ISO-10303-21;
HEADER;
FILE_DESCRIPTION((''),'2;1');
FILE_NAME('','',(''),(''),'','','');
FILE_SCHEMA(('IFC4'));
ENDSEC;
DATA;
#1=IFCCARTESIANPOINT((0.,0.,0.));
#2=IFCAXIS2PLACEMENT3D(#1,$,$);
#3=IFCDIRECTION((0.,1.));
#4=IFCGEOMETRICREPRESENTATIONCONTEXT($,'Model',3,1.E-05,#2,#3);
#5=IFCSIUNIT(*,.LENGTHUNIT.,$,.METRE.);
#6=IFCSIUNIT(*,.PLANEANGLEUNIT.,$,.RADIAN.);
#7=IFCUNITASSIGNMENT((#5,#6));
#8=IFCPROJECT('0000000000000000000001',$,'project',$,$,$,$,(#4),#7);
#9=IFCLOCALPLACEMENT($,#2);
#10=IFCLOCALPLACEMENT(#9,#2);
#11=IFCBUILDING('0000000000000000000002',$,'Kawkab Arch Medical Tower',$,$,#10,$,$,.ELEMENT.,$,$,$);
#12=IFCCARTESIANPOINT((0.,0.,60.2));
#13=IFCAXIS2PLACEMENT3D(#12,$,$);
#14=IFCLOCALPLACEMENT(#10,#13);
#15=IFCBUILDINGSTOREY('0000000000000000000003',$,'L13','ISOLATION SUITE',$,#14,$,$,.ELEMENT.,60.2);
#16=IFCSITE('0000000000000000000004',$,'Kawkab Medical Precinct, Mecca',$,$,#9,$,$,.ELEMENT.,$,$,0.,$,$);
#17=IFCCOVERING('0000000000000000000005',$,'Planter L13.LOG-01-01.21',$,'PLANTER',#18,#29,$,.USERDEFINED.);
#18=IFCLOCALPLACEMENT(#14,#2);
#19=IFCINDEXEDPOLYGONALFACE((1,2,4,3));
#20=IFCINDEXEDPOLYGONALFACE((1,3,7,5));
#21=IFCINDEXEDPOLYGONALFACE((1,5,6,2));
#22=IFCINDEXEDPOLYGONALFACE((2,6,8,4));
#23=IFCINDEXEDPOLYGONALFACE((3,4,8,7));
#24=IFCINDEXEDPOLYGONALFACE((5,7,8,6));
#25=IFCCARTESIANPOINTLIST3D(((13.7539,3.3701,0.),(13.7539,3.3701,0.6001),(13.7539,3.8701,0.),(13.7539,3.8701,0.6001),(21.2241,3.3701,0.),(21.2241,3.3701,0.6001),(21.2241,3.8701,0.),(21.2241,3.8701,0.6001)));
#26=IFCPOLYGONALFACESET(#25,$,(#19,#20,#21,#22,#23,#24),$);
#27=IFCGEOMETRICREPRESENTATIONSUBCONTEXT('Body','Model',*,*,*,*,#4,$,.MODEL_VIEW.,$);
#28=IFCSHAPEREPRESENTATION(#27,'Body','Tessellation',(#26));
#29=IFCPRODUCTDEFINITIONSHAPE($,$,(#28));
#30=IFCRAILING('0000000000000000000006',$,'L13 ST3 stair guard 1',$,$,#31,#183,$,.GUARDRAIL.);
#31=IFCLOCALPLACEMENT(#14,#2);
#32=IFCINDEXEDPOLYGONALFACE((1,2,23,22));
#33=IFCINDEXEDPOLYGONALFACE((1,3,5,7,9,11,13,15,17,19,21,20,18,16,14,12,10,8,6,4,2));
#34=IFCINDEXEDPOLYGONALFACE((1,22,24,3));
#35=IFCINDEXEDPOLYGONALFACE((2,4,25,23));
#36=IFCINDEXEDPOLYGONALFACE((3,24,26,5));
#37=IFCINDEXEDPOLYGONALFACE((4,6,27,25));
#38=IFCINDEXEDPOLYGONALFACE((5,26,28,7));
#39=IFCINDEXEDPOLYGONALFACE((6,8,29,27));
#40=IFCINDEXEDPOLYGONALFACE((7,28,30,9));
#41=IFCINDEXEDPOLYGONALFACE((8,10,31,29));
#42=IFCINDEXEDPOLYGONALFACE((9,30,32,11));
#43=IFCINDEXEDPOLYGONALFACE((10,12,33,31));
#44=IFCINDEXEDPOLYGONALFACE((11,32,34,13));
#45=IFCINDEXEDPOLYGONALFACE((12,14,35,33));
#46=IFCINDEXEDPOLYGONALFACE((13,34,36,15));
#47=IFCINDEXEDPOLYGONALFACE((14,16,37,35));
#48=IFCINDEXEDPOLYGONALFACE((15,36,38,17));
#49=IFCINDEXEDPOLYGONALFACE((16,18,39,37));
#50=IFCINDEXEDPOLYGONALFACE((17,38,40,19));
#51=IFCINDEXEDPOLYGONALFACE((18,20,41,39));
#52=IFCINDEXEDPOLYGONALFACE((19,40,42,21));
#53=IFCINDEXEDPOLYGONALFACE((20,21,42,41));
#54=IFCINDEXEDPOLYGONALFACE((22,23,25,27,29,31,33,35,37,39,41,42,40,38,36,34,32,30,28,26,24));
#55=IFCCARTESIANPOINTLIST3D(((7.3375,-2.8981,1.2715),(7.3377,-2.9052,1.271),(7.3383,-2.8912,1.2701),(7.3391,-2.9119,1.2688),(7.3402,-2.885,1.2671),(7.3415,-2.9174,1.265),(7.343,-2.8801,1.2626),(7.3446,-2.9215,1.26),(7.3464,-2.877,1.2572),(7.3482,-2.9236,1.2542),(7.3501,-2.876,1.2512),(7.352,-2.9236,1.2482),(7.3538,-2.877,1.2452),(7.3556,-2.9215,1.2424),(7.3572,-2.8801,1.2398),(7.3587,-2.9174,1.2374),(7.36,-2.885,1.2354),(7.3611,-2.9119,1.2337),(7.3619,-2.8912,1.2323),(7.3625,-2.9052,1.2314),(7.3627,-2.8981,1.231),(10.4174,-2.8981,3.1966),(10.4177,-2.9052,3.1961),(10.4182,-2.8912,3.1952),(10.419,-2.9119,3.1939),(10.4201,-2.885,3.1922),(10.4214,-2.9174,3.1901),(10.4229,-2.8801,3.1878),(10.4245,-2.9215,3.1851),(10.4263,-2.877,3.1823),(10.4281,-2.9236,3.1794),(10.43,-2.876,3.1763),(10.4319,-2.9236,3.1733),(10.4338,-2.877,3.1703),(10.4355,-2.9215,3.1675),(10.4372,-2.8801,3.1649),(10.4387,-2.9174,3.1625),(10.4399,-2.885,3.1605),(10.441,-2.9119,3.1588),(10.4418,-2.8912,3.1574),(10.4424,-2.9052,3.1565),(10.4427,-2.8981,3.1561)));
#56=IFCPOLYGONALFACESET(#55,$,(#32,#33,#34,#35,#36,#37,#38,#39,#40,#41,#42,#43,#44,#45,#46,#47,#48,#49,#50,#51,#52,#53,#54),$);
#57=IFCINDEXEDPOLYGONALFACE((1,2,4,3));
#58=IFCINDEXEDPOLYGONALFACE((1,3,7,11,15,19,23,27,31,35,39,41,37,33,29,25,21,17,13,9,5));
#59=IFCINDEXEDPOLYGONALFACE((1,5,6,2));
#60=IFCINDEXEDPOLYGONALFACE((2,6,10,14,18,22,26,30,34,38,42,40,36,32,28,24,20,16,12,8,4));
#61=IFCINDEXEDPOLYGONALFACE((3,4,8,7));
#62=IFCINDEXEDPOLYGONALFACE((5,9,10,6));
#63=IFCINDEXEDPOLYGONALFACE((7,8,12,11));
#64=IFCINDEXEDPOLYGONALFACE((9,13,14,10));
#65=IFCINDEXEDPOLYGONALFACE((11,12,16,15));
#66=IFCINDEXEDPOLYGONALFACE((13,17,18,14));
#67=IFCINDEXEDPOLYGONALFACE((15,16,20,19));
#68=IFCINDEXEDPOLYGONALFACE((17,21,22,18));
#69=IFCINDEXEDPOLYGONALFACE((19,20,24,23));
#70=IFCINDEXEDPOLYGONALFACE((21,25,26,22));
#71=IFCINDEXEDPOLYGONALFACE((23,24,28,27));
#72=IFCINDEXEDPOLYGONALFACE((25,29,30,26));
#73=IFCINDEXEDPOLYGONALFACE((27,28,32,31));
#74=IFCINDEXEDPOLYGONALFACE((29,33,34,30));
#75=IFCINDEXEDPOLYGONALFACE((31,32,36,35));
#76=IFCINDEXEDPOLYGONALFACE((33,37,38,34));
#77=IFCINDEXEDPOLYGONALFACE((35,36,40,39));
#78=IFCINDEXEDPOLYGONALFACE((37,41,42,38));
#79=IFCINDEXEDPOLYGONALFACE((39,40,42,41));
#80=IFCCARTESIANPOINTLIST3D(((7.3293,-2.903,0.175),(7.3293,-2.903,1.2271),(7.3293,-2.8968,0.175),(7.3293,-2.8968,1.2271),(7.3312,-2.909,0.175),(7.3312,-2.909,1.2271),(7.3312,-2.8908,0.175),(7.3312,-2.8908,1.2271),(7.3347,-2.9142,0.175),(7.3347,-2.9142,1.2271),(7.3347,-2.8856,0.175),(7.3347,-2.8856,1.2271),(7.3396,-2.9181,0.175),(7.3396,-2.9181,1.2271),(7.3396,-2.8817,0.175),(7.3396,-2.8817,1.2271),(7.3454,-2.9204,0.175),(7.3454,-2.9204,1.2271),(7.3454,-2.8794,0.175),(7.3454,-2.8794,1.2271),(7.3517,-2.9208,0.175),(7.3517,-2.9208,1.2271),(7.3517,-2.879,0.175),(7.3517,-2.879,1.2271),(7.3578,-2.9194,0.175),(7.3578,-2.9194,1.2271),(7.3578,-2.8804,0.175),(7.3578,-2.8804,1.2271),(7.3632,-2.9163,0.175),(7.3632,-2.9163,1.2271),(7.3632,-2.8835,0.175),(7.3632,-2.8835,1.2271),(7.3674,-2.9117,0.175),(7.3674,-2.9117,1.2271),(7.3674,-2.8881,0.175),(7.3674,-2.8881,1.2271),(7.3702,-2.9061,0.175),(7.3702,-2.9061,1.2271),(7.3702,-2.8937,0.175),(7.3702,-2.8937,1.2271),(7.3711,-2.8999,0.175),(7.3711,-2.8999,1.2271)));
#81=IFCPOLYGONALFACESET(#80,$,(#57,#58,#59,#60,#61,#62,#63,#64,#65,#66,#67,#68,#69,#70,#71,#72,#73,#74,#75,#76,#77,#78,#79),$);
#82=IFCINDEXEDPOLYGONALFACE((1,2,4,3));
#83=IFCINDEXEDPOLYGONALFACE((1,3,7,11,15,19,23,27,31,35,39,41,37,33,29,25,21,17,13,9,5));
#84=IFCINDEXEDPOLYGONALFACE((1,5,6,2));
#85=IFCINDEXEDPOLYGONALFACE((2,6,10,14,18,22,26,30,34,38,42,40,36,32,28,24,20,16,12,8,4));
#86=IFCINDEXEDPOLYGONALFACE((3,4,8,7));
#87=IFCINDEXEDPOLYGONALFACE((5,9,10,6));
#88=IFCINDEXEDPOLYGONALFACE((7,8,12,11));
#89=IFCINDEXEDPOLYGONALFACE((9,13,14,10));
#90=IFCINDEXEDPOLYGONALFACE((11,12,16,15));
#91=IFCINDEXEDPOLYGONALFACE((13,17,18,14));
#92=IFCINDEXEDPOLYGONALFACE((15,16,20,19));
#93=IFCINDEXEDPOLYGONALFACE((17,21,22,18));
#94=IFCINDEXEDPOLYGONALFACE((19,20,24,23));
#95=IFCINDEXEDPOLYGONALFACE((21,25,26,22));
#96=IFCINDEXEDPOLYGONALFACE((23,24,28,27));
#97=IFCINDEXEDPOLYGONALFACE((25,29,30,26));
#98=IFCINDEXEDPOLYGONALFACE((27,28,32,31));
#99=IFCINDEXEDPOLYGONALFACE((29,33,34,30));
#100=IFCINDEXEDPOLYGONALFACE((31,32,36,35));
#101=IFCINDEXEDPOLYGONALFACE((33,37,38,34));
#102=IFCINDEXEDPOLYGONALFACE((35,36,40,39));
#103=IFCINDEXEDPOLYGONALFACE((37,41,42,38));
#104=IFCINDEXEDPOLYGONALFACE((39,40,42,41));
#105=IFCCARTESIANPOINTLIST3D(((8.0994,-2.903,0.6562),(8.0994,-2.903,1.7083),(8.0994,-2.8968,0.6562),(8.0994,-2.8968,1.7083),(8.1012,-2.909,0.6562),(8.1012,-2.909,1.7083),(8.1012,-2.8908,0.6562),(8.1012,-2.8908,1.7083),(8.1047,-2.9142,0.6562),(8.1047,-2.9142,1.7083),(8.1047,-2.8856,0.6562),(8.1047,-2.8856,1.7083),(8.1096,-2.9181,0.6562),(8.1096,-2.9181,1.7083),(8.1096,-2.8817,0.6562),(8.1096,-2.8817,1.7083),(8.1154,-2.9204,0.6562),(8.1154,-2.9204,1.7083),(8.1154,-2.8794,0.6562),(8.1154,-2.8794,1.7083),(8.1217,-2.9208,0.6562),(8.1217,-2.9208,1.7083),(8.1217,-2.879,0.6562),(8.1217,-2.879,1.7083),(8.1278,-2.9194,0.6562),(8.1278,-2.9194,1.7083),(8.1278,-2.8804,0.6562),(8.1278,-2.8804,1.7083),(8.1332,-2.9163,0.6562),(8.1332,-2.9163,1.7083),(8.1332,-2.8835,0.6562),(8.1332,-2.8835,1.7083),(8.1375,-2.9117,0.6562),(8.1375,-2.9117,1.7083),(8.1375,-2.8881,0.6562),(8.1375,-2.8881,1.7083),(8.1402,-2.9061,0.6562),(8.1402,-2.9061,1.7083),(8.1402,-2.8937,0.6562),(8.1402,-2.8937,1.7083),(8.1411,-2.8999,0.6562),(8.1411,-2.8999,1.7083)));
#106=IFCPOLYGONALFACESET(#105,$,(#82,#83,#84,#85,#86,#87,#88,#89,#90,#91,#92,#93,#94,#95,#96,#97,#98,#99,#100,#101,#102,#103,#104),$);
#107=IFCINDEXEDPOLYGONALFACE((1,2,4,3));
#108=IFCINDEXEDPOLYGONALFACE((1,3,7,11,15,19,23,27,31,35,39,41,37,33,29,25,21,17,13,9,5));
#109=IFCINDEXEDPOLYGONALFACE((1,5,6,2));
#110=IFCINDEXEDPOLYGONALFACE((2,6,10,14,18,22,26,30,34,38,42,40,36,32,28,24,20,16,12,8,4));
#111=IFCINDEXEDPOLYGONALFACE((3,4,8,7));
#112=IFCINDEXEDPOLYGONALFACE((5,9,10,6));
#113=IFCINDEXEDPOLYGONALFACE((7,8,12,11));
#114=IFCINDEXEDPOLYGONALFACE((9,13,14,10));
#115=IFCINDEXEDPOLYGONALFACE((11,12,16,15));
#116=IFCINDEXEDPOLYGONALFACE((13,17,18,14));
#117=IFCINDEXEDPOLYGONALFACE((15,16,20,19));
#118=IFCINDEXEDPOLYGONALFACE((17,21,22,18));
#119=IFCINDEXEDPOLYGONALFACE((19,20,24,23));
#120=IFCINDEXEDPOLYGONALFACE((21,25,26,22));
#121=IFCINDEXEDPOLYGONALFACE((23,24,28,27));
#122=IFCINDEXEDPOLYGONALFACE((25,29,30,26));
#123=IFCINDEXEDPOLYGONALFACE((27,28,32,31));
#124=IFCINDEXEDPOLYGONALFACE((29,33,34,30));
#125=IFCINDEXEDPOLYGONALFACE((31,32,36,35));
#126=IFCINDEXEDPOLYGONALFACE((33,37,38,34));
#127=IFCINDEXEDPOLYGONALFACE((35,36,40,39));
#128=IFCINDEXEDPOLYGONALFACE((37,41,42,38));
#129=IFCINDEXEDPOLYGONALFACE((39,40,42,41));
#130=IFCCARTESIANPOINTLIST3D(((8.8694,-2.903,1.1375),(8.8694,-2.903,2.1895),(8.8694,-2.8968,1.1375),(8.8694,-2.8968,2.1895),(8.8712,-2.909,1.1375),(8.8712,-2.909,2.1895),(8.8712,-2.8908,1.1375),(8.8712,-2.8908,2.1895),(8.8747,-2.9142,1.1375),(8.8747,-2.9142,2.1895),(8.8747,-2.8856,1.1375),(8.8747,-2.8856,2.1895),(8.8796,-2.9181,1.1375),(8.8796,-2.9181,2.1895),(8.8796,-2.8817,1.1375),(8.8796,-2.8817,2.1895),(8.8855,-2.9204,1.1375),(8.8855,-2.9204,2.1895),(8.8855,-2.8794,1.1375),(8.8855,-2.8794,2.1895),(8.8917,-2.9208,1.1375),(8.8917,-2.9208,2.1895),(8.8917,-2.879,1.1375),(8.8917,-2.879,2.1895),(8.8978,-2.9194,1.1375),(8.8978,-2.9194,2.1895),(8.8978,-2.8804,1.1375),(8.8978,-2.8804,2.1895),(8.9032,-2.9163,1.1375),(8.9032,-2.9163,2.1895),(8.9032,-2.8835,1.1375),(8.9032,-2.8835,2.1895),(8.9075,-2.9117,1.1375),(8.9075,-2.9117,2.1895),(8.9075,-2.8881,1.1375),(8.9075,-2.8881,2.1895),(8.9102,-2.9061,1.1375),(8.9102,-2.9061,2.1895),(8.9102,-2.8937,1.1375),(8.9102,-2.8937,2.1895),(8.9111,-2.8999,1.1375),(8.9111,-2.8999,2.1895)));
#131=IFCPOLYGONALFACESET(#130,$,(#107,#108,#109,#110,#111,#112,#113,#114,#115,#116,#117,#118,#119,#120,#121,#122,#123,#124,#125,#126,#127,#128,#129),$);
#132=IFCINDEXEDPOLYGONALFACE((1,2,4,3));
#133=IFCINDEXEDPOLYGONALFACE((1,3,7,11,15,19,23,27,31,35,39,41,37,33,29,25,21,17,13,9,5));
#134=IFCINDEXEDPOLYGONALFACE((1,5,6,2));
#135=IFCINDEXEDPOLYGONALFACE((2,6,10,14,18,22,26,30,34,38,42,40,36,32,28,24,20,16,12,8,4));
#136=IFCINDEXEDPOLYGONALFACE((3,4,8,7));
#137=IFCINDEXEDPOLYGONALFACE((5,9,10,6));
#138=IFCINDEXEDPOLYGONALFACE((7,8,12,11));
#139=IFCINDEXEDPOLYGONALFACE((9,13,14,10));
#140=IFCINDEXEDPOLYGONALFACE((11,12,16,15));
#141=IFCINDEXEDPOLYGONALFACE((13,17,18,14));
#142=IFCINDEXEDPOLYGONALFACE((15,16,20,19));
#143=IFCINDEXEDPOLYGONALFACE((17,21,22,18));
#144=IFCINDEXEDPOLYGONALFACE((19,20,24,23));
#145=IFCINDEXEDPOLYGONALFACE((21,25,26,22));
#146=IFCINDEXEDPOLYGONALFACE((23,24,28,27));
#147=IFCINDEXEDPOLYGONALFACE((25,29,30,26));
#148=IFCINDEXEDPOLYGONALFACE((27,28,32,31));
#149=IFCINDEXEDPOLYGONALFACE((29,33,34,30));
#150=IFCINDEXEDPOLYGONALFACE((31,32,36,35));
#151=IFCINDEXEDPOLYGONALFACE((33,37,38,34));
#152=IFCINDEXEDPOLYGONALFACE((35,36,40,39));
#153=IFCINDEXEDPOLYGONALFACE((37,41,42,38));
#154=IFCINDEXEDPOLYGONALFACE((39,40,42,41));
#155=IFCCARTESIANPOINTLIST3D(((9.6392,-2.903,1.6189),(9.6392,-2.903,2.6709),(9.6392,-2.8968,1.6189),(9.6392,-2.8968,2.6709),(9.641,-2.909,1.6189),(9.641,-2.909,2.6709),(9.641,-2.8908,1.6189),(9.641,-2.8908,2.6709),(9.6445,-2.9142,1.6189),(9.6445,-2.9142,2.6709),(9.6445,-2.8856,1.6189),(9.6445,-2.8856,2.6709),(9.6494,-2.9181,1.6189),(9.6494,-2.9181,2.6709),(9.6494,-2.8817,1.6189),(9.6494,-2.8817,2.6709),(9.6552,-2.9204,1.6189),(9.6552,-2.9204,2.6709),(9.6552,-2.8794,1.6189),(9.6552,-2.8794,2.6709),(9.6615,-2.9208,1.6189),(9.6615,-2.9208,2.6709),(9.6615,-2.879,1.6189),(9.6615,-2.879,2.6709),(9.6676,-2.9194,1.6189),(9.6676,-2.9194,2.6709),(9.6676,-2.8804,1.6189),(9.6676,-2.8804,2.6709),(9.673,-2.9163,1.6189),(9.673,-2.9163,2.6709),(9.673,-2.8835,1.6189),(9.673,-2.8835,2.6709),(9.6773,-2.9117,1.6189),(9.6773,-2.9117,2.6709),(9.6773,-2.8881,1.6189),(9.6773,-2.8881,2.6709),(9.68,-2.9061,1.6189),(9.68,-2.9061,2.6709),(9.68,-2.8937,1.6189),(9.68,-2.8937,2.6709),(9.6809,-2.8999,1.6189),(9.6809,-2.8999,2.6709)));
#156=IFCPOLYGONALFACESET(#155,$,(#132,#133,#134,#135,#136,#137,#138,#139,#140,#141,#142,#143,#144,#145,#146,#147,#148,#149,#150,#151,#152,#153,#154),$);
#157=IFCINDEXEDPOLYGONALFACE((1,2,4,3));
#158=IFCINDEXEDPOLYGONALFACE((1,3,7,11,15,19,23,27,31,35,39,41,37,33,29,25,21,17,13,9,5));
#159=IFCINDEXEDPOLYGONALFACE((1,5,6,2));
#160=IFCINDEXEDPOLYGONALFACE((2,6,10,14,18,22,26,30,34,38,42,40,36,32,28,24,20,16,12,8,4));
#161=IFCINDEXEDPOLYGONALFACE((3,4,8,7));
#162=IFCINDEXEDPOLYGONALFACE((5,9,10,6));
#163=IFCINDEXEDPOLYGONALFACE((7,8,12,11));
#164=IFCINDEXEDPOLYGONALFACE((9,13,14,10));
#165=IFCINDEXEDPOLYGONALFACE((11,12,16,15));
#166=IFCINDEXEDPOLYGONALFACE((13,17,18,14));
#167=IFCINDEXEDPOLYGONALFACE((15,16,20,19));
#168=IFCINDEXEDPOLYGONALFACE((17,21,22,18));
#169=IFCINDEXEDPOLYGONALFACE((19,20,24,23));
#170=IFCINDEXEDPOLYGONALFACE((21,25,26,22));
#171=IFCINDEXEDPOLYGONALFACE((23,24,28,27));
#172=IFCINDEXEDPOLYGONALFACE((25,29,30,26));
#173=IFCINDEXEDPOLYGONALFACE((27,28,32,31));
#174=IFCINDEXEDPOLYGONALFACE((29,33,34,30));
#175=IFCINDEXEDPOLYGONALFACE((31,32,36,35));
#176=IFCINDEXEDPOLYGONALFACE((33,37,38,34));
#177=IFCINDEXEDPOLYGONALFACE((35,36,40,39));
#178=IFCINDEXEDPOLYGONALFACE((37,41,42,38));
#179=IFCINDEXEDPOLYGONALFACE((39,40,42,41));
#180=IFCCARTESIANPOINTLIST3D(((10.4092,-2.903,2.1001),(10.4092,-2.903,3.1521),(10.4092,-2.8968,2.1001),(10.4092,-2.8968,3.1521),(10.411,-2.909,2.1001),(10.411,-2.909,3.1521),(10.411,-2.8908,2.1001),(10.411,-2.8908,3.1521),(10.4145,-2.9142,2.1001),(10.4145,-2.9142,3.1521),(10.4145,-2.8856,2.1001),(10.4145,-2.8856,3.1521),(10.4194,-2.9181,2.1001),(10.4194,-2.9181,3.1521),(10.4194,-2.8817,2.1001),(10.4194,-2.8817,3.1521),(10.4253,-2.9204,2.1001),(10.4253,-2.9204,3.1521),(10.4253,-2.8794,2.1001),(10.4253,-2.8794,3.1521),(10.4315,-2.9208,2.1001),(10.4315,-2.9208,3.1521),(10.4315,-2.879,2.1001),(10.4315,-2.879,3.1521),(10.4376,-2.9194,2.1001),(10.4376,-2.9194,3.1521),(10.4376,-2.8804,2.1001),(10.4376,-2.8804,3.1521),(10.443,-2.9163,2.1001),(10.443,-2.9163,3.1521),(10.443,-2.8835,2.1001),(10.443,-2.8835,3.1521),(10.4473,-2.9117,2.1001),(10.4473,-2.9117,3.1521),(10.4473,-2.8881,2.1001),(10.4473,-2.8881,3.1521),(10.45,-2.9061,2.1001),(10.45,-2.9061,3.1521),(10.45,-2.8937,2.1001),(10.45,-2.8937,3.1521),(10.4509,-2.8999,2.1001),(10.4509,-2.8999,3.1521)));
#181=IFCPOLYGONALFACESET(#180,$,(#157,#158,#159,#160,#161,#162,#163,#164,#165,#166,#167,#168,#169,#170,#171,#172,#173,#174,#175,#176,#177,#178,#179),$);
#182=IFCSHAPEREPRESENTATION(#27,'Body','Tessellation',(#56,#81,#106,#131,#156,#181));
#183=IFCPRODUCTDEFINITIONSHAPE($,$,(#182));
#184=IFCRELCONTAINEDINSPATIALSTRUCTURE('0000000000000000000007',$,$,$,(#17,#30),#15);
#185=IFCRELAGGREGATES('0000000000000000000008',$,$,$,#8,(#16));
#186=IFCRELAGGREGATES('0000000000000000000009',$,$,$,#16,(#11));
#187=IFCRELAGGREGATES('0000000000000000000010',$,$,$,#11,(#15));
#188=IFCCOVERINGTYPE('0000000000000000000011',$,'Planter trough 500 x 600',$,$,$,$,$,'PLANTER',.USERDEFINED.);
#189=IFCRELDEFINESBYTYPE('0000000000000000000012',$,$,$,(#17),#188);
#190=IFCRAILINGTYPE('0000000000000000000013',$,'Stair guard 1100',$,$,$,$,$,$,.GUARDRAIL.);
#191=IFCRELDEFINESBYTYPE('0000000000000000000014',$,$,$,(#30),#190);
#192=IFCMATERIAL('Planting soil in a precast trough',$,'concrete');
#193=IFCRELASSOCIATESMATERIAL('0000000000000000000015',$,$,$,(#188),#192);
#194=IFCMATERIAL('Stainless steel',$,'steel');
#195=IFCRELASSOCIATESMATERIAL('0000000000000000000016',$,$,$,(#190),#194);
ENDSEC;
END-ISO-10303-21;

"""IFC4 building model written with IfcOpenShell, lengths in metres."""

from ifc_helpers import new_model, si_unit, direction, frame, origin, origin_2d, place, context, subcontext, project, spatial, rectangle, circle, extrude, material, material_profile, profile_set, type_object, element, save


model = new_model("IFC4")

# Units and contexts
model_context = context("Model", 3, precision=1e-05, world=origin(), true_north=direction((0.0, 1.0)))
body_context = subcontext(model_context, "Body", "Model", "MODEL_VIEW")
ifc_project = project(units=[si_unit("LENGTHUNIT", "METRE"), si_unit("PLANEANGLEUNIT", "RADIAN")], contexts=[model_context])

# Site, building, storey
site_placement = place(None, origin())
site = spatial("IfcSite", under=ifc_project, at=site_placement, Name="Kawkab Medical Precinct, Mecca", CompositionType="ELEMENT", RefElevation=0.0)
building_placement = place(site_placement, origin())
building = spatial("IfcBuilding", under=site, at=building_placement, Name="Kawkab Arch Medical Tower", CompositionType="ELEMENT")
storey_placement = place(building_placement, frame((0.0, 0.0, 60.2)))
storey = spatial("IfcBuildingStorey", under=building, at=storey_placement, Name="L13", Description="ISOLATION SUITE", CompositionType="ELEMENT", Elevation=60.2)

# Covering
ifc_material_1 = material(Name="Planting soil in a precast trough", Category="concrete")
ifc_material_profile_1 = material_profile(ifc_material_1, rectangle(XDim=0.5, YDim=0.6001, at=origin_2d()), Name="Trough 500x600")
ifc_profile_set_1 = profile_set([ifc_material_profile_1], Name="Planting soil in a precast trough")
covering_type_1 = type_object("IfcCoveringType", Name="Planter trough 500 x 600", ElementType="PLANTER", PredefinedType="USERDEFINED", material=ifc_profile_set_1)
covering_1_placement = place(storey_placement, frame((13.7539, 3.6201, 0.3), z_axis=(1.0, 0.0, 0.0), x_axis=(0.0, 1.0, 0.0)))
element("IfcCovering", 1, at=covering_1_placement, inside=storey, type_object=covering_type_1, Name="Planter L13.LOG-01-01.21", ObjectType="PLANTER", PredefinedType="USERDEFINED", context=body_context, shape_type="SweptSolid", body=[
    extrude(rectangle(XDim=0.5, YDim=0.6001, at=origin_2d()), origin(), (0.0, 0.0, 1.0), 7.4702),
])

# Railing
ifc_material_2 = material(Name="Stainless steel", Category="steel")
railing_type_1 = type_object("IfcRailingType", Name="Stair guard 1100", PredefinedType="GUARDRAIL", material=ifc_material_2)
railing_1_placement = place(storey_placement, frame((7.3501, -2.8999, 0.175)))
element("IfcRailing", 2, at=railing_1_placement, inside=storey, type_object=railing_type_1, Name="L13 ST3 stair guard 1", PredefinedType="GUARDRAIL", context=body_context, shape_type="SweptSolid", body=[
    extrude(circle(Radius=0.0239, at=origin_2d()), frame((0.0, 0.0, 1.0762), z_axis=(0.847979, 0.0, 0.530029), x_axis=(0.0, 1.0, 0.0)), (0.0, 0.0, 1.0), 3.6321),
    extrude(circle(Radius=0.021, at=origin_2d()), origin(), (0.0, 0.0, 1.0), 1.052),
    extrude(circle(Radius=0.021, at=origin_2d()), frame((0.77, 0.0, 0.4812)), (0.0, 0.0, 1.0), 1.052),
    extrude(circle(Radius=0.021, at=origin_2d()), frame((1.54, 0.0, 0.9624)), (0.0, 0.0, 1.0), 1.052),
    extrude(circle(Radius=0.021, at=origin_2d()), frame((2.3098, 0.0, 1.4438)), (0.0, 0.0, 1.0), 1.052),
    extrude(circle(Radius=0.021, at=origin_2d()), frame((3.0798, 0.0, 1.925)), (0.0, 0.0, 1.0), 1.052),
])

save(model, "model.ifc")
